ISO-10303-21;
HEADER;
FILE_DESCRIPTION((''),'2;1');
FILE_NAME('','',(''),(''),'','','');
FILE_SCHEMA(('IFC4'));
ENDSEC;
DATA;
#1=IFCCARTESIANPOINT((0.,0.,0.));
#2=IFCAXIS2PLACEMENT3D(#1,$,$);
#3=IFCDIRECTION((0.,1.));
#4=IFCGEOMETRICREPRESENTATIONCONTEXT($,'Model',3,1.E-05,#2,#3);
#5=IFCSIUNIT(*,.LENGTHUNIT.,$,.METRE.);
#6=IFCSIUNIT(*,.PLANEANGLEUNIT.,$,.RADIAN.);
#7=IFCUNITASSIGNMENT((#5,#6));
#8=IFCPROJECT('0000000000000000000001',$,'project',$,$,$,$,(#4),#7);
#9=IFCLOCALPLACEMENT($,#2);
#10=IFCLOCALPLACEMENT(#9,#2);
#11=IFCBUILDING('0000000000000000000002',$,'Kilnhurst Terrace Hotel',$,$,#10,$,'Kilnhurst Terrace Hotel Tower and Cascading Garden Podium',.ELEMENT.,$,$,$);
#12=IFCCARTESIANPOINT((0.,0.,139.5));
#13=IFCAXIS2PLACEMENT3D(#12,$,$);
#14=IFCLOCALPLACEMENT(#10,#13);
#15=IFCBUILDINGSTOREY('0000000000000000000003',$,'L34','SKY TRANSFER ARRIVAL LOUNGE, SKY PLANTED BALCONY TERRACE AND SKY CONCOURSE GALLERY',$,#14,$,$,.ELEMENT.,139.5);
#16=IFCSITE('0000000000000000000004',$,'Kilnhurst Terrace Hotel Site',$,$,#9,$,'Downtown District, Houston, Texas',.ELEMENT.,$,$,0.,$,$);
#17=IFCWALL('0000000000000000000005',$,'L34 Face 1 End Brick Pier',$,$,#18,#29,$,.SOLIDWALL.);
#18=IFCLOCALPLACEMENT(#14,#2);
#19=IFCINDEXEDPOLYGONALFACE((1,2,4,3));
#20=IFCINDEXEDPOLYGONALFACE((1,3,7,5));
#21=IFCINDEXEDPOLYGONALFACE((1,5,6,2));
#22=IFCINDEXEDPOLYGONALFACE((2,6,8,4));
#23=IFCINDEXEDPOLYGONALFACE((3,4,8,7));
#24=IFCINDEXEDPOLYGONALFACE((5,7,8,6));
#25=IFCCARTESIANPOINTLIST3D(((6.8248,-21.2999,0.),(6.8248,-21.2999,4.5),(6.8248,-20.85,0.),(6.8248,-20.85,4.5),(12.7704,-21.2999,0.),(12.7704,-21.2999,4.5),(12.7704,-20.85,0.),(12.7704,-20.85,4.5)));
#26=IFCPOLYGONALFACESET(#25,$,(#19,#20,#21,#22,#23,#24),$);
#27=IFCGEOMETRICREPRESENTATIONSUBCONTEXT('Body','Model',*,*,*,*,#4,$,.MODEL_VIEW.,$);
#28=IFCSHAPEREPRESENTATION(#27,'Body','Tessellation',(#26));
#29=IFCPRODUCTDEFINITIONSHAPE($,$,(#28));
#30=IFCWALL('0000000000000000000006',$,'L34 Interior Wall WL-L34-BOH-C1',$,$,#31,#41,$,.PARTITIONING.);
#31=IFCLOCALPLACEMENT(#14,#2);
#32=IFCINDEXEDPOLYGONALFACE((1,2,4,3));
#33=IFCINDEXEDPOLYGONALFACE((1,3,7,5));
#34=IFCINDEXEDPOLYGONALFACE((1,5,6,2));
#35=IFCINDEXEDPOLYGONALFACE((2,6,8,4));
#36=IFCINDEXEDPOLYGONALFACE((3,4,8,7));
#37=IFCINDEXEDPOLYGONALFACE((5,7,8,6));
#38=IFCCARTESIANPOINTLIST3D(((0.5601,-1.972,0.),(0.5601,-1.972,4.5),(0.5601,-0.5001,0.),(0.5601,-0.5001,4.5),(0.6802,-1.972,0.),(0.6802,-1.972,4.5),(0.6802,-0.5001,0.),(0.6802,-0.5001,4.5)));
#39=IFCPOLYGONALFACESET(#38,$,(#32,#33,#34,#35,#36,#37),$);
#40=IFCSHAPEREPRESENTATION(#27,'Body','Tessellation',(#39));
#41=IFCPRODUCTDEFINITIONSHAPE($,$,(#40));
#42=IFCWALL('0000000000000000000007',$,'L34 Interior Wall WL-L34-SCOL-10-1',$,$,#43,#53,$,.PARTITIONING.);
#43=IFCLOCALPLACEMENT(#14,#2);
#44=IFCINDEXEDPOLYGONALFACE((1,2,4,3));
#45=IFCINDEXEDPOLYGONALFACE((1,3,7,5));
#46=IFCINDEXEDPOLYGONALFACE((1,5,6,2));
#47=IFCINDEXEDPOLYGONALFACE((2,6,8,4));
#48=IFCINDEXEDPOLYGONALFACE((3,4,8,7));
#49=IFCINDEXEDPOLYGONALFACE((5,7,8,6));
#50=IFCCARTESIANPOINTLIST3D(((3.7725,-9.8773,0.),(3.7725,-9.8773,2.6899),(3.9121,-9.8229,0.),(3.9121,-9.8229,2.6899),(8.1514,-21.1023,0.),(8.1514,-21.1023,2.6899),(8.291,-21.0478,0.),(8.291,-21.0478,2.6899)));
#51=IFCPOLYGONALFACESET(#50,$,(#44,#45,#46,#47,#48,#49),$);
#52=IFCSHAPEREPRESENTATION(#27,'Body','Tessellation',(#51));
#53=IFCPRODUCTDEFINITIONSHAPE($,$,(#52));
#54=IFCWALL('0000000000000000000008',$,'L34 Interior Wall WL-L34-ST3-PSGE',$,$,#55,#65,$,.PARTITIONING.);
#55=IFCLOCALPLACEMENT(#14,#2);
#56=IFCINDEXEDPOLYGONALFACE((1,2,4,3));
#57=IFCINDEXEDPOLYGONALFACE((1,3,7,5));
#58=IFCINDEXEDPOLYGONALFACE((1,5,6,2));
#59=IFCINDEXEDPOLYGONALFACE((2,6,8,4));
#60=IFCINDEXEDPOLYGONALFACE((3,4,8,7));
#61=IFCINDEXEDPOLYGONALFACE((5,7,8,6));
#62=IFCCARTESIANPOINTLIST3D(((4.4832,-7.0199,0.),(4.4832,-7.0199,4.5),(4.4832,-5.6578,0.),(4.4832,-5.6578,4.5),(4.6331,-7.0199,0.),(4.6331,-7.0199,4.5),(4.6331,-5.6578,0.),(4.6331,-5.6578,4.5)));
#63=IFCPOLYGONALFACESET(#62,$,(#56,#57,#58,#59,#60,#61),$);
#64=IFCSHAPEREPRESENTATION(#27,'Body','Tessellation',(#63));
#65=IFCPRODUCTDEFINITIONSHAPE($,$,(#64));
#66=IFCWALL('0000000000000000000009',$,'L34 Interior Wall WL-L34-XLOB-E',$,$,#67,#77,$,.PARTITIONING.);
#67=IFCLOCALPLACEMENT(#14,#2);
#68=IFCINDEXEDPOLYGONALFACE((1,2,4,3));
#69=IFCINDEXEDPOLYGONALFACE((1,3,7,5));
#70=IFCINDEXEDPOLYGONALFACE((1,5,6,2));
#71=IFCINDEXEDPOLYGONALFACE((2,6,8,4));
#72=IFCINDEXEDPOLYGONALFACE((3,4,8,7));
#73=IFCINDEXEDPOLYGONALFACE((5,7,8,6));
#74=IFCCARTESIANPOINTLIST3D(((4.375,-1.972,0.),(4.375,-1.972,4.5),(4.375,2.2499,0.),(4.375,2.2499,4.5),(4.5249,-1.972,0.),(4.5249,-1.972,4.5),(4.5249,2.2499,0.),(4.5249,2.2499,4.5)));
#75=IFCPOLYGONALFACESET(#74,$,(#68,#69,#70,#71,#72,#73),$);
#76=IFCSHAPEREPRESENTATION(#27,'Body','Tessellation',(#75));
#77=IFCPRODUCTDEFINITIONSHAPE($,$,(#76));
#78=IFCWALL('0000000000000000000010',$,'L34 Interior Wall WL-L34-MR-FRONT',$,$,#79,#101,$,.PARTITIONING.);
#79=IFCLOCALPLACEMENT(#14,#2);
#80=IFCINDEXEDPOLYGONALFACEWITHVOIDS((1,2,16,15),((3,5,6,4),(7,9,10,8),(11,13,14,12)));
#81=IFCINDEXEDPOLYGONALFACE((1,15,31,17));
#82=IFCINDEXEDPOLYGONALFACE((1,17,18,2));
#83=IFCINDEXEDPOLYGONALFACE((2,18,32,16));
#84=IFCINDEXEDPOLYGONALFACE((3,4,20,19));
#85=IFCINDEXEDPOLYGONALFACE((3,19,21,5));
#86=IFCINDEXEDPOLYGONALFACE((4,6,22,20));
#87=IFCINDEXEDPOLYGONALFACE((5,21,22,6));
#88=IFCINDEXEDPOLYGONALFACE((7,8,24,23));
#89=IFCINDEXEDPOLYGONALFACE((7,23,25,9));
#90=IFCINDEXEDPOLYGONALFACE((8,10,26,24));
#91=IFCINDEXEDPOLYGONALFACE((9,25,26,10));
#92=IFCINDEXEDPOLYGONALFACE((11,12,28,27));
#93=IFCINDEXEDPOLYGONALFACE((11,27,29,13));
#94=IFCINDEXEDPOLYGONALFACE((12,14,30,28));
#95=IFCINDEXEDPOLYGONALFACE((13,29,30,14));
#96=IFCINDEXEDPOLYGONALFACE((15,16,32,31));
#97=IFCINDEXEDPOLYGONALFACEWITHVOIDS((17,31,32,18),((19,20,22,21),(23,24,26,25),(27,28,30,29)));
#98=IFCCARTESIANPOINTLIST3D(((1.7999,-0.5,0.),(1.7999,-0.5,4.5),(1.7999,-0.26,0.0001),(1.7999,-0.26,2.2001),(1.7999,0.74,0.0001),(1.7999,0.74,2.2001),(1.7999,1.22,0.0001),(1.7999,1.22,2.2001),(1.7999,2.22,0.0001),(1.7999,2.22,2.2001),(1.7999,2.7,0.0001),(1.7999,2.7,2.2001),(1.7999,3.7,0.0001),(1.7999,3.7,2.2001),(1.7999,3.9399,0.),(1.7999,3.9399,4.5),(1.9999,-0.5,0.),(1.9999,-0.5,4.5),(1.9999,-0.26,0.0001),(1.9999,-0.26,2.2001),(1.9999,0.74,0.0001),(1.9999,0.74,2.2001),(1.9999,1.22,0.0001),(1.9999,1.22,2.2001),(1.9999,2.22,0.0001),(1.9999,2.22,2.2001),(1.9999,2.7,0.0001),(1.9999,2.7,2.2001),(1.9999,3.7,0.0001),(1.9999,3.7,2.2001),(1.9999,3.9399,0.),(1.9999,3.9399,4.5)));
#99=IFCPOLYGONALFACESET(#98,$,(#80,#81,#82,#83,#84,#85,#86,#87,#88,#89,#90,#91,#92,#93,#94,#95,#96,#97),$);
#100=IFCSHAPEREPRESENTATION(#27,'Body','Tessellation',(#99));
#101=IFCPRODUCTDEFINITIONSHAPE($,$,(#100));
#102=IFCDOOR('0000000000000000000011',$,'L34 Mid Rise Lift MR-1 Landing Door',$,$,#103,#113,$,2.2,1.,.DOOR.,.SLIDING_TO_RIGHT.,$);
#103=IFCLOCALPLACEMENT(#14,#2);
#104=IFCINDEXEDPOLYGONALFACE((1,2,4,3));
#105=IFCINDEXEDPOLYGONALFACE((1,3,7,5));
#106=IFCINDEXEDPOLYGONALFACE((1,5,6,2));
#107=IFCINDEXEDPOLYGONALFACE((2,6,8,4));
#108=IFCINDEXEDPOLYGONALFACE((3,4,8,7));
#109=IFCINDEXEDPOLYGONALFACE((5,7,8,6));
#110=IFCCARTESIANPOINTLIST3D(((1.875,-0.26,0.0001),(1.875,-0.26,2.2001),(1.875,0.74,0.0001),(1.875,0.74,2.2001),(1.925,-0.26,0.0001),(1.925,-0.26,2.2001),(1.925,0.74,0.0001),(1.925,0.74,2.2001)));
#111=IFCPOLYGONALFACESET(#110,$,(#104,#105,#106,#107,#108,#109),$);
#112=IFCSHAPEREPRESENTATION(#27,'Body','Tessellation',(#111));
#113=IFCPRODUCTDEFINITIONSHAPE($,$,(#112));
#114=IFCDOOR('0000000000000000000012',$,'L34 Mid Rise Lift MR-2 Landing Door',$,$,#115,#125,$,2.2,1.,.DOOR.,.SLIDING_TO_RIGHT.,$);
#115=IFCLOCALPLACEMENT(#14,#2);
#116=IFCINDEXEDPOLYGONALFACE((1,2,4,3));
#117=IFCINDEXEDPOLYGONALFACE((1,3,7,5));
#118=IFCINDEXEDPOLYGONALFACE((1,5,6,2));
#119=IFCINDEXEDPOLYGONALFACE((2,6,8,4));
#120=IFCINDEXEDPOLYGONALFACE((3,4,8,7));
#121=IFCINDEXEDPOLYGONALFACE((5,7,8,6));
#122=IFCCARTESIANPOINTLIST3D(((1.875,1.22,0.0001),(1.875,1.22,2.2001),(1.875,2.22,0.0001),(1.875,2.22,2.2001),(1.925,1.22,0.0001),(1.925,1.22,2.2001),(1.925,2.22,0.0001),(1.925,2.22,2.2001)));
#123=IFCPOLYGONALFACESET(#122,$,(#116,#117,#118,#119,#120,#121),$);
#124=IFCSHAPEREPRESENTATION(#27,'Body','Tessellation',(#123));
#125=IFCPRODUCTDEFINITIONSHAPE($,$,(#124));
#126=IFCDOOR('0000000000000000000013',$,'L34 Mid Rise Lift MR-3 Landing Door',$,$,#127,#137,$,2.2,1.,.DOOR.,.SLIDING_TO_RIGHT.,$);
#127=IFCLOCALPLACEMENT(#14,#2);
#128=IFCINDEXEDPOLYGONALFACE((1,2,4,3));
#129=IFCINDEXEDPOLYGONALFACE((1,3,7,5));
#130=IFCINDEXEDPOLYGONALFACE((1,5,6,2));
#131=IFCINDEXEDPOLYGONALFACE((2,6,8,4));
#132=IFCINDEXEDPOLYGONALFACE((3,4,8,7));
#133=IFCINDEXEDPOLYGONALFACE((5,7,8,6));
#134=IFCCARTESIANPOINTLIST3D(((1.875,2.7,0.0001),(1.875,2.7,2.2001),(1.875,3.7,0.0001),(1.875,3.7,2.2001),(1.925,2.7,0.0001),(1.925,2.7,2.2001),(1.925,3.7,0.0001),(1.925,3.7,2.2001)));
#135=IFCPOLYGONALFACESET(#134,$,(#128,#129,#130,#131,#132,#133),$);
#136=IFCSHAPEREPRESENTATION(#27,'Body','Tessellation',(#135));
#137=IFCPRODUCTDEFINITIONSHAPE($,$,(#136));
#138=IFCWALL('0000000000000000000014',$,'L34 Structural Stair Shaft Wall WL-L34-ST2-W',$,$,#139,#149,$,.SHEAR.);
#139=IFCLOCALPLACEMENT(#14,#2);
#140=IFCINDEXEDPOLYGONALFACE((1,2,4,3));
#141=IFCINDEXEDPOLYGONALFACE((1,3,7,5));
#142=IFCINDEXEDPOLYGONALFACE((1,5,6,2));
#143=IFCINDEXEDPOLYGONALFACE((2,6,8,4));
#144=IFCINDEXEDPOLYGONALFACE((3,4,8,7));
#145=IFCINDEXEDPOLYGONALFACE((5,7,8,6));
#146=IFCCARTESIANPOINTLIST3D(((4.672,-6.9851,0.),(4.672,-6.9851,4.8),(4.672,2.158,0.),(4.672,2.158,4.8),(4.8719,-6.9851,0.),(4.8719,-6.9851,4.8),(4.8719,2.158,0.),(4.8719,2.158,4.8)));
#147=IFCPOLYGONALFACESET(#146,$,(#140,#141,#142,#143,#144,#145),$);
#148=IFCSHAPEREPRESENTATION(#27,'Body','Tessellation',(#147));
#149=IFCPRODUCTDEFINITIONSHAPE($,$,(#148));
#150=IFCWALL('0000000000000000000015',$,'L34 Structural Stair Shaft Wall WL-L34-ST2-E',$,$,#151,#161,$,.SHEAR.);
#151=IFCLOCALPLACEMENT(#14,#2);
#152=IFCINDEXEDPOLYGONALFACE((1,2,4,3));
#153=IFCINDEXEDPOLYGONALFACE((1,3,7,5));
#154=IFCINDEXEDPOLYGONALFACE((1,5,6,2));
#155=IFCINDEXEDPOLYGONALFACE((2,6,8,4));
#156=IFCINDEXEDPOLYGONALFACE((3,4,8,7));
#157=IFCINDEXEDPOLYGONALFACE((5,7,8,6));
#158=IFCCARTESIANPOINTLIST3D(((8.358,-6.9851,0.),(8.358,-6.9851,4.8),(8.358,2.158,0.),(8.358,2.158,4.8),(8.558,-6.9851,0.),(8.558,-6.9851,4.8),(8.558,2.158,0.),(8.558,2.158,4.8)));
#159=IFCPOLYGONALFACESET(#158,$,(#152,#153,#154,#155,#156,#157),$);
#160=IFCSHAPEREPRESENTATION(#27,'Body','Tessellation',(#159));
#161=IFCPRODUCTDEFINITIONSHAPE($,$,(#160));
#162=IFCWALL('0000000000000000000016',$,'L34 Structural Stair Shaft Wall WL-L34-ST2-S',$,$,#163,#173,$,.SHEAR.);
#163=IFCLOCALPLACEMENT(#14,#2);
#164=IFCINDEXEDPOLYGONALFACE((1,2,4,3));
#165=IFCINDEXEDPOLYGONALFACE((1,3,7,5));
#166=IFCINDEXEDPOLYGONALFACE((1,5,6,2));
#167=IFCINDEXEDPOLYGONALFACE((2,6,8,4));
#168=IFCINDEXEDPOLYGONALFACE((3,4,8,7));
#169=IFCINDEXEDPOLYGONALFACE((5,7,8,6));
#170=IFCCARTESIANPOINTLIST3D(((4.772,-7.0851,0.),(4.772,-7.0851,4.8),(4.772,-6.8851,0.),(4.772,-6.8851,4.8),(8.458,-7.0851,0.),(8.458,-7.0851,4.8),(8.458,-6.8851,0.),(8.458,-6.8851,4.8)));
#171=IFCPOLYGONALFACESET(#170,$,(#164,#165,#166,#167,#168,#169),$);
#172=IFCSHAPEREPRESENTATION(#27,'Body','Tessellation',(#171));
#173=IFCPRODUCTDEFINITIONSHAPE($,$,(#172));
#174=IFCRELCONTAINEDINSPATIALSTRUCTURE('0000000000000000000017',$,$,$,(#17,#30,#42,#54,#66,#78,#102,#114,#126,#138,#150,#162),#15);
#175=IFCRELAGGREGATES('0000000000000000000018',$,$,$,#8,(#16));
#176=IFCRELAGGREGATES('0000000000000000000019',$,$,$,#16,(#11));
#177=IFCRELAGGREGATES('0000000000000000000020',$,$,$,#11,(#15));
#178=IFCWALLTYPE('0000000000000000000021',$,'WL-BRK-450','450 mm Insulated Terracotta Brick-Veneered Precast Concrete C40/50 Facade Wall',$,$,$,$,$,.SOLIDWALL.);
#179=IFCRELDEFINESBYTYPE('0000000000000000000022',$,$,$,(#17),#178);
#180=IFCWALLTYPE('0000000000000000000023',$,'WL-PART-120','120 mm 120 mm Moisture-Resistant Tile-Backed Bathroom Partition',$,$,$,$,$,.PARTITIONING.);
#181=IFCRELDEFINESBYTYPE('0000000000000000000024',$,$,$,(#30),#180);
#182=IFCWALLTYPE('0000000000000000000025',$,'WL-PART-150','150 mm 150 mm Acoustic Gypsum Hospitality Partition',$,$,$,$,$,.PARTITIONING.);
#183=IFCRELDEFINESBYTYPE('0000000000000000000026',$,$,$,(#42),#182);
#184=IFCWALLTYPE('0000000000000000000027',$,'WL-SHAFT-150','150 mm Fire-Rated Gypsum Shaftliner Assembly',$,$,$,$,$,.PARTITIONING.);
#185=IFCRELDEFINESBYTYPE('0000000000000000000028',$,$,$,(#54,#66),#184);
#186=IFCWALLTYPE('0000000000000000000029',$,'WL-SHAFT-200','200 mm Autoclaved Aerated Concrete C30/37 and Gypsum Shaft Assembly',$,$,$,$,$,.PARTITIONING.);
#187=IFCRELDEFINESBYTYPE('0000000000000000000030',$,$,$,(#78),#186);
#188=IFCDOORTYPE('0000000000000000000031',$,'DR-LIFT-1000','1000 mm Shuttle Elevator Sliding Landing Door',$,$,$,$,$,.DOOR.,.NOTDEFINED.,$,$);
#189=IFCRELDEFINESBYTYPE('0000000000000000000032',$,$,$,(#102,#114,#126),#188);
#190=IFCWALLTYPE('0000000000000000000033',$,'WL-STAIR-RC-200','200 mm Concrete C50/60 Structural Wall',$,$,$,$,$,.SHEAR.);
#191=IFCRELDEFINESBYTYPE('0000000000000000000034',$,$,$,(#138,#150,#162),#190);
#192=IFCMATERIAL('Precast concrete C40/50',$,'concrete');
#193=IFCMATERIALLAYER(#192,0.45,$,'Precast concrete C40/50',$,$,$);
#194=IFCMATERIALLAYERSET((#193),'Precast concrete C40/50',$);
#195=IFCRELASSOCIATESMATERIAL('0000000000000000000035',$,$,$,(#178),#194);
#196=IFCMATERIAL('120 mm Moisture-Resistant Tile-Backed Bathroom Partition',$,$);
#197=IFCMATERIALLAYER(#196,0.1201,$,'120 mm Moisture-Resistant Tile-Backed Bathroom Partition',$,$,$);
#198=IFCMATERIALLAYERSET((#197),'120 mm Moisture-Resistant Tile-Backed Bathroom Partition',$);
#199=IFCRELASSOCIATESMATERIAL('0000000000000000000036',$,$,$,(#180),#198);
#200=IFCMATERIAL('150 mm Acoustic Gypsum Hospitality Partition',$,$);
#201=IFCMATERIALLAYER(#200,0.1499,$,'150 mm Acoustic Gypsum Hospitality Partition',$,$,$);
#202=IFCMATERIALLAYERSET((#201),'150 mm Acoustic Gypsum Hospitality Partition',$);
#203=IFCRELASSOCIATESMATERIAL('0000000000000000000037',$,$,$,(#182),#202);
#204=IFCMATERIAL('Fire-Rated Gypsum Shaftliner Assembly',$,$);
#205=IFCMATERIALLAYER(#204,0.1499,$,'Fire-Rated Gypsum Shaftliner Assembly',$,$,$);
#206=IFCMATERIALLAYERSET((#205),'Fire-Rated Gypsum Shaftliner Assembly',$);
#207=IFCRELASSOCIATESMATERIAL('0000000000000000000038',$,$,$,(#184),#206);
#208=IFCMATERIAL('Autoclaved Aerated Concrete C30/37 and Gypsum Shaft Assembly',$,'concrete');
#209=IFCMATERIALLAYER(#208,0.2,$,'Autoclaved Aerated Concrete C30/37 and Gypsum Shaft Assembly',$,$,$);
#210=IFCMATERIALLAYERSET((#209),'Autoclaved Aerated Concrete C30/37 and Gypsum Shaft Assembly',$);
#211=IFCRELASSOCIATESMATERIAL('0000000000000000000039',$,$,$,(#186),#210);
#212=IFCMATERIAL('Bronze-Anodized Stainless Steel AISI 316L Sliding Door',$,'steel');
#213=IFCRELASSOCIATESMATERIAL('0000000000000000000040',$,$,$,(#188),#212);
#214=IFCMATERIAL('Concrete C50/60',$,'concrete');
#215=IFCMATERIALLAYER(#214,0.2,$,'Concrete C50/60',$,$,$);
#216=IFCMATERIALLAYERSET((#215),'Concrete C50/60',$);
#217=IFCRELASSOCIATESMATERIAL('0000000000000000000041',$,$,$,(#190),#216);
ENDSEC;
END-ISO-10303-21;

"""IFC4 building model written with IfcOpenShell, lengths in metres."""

from ifc_helpers import new_model, si_unit, direction, frame, frame_2d, origin, place, context, subcontext, project, spatial, rectangle, extrude, material, layer, layer_set, type_object, element, fill, save


model = new_model("IFC4")

# Units and contexts
model_context = context("Model", 3, precision=1e-05, world=origin(), true_north=direction((0.0, 1.0)))
body_context = subcontext(model_context, "Body", "Model", "MODEL_VIEW")
ifc_project = project(units=[si_unit("LENGTHUNIT", "METRE"), si_unit("PLANEANGLEUNIT", "RADIAN")], contexts=[model_context])

# Site, building, storey
site_placement = place(None, origin())
site = spatial("IfcSite", under=ifc_project, at=site_placement, Name="Kilnhurst Terrace Hotel Site", LongName="Downtown District, Houston, Texas", CompositionType="ELEMENT", RefElevation=0.0)
building_placement = place(site_placement, origin())
building = spatial("IfcBuilding", under=site, at=building_placement, Name="Kilnhurst Terrace Hotel", LongName="Kilnhurst Terrace Hotel Tower and Cascading Garden Podium", CompositionType="ELEMENT")
storey_placement = place(building_placement, frame((0.0, 0.0, 139.5)))
storey = spatial("IfcBuildingStorey", under=building, at=storey_placement, Name="L34", Description="SKY TRANSFER ARRIVAL LOUNGE, SKY PLANTED BALCONY TERRACE AND SKY CONCOURSE GALLERY", CompositionType="ELEMENT", Elevation=139.5)

# Shared definitions
ifc_material_1 = material(Name="Concrete C50/60", Category="concrete")

# Walls
ifc_material_2 = material(Name="Precast concrete C40/50", Category="concrete")
ifc_layer_1 = layer(ifc_material_2, 0.45, Name="Precast concrete C40/50")
ifc_layer_set_1 = layer_set([ifc_layer_1], Name="Precast concrete C40/50")
wall_type_1 = type_object("IfcWallType", Name="WL-BRK-450", Description="450 mm Insulated Terracotta Brick-Veneered Precast Concrete C40/50 Facade Wall", PredefinedType="SOLIDWALL", material=ifc_layer_set_1)
wall_1_placement = place(storey_placement, frame((6.825, -21.075, 0.0), z_axis=(0.0, 0.0, 1.0), x_axis=(1.0, 0.0, 0.0)))
element("IfcWall", 1, at=wall_1_placement, inside=storey, type_object=wall_type_1, Name="L34 Face 1 End Brick Pier", PredefinedType="SOLIDWALL", context=body_context, shape_type="SweptSolid", body=[
    extrude(rectangle(XDim=5.9456, YDim=0.45, at=frame_2d((2.9727, 0.0))), origin(), (0.0, 0.0, 1.0), 4.5),
])
ifc_material_3 = material(Name="120 mm Moisture-Resistant Tile-Backed Bathroom Partition")
ifc_layer_2 = layer(ifc_material_3, 0.1201, Name="120 mm Moisture-Resistant Tile-Backed Bathroom Partition")
ifc_layer_set_2 = layer_set([ifc_layer_2], Name="120 mm Moisture-Resistant Tile-Backed Bathroom Partition")
wall_type_2 = type_object("IfcWallType", Name="WL-PART-120", Description="120 mm 120 mm Moisture-Resistant Tile-Backed Bathroom Partition", PredefinedType="PARTITIONING", material=ifc_layer_set_2)
wall_2_placement = place(storey_placement, frame((0.6201, -1.9719, 0.0), z_axis=(0.0, 0.0, 1.0), x_axis=(0.0, 1.0, 0.0)))
element("IfcWall", 2, at=wall_2_placement, inside=storey, type_object=wall_type_2, Name="L34 Interior Wall WL-L34-BOH-C1", PredefinedType="PARTITIONING", context=body_context, shape_type="SweptSolid", body=[
    extrude(rectangle(XDim=1.4719, YDim=0.1201, at=frame_2d((0.7358, 0.0))), origin(), (0.0, 0.0, 1.0), 4.5),
])
ifc_material_4 = material(Name="150 mm Acoustic Gypsum Hospitality Partition")
ifc_layer_3 = layer(ifc_material_4, 0.1499, Name="150 mm Acoustic Gypsum Hospitality Partition")
ifc_layer_set_3 = layer_set([ifc_layer_3], Name="150 mm Acoustic Gypsum Hospitality Partition")
wall_type_3 = type_object("IfcWallType", Name="WL-PART-150", Description="150 mm 150 mm Acoustic Gypsum Hospitality Partition", PredefinedType="PARTITIONING", material=ifc_layer_set_3)
wall_3_placement = place(storey_placement, frame((3.8423, -9.8501, 0.0), z_axis=(0.0, 0.0, 1.0), x_axis=(0.363433, -0.93162, 0.0)))
element("IfcWall", 3, at=wall_3_placement, inside=storey, type_object=wall_type_3, Name="L34 Interior Wall WL-L34-SCOL-10-1", PredefinedType="PARTITIONING", context=body_context, shape_type="SweptSolid", body=[
    extrude(rectangle(XDim=12.0488, YDim=0.1499, at=frame_2d((6.0244, 0.0))), origin(), (0.0, 0.0, 1.0), 2.6899),
])
ifc_material_5 = material(Name="Fire-Rated Gypsum Shaftliner Assembly")
ifc_layer_4 = layer(ifc_material_5, 0.1499, Name="Fire-Rated Gypsum Shaftliner Assembly")
ifc_layer_set_4 = layer_set([ifc_layer_4], Name="Fire-Rated Gypsum Shaftliner Assembly")
wall_type_4 = type_object("IfcWallType", Name="WL-SHAFT-150", Description="150 mm Fire-Rated Gypsum Shaftliner Assembly", PredefinedType="PARTITIONING", material=ifc_layer_set_4)
wall_4_placement = place(storey_placement, frame((4.5581, -7.02, 0.0), z_axis=(0.0, 0.0, 1.0), x_axis=(0.0, 1.0, 0.0)))
element("IfcWall", 4, at=wall_4_placement, inside=storey, type_object=wall_type_4, Name="L34 Interior Wall WL-L34-ST3-PSGE", PredefinedType="PARTITIONING", context=body_context, shape_type="SweptSolid", body=[
    extrude(rectangle(XDim=1.3621, YDim=0.1499, at=frame_2d((0.6812, 0.0))), origin(), (0.0, 0.0, 1.0), 4.5),
])
wall_5_placement = place(storey_placement, frame((4.45, -1.9719, 0.0), z_axis=(0.0, 0.0, 1.0), x_axis=(0.0, 1.0, 0.0)))
element("IfcWall", 5, at=wall_5_placement, inside=storey, type_object=wall_type_4, Name="L34 Interior Wall WL-L34-XLOB-E", PredefinedType="PARTITIONING", context=body_context, shape_type="SweptSolid", body=[
    extrude(rectangle(XDim=4.2219, YDim=0.1499, at=frame_2d((2.1108, 0.0))), origin(), (0.0, 0.0, 1.0), 4.5),
])

# Wall, openings, doors
ifc_material_6 = material(Name="Autoclaved Aerated Concrete C30/37 and Gypsum Shaft Assembly", Category="concrete")
ifc_layer_5 = layer(ifc_material_6, 0.2, Name="Autoclaved Aerated Concrete C30/37 and Gypsum Shaft Assembly")
ifc_layer_set_5 = layer_set([ifc_layer_5], Name="Autoclaved Aerated Concrete C30/37 and Gypsum Shaft Assembly")
wall_type_5 = type_object("IfcWallType", Name="WL-SHAFT-200", Description="200 mm Autoclaved Aerated Concrete C30/37 and Gypsum Shaft Assembly", PredefinedType="PARTITIONING", material=ifc_layer_set_5)
wall_6_placement = place(storey_placement, frame((1.8999, -0.5, 0.0), z_axis=(0.0, 0.0, 1.0), x_axis=(0.0, 1.0, 0.0)))
wall_6 = element("IfcWall", 6, at=wall_6_placement, inside=storey, type_object=wall_type_5, Name="L34 Interior Wall WL-L34-MR-FRONT", PredefinedType="PARTITIONING", context=body_context, shape_type="SweptSolid", body=[
    extrude(rectangle(XDim=4.4399, YDim=0.2, at=frame_2d((2.22, 0.0))), origin(), (0.0, 0.0, 1.0), 4.5),
])
opening_1_placement = place(wall_6_placement, frame((0.24, 0.0, 0.0)))
opening_1 = element("IfcOpeningElement", 7, at=opening_1_placement, cuts=wall_6, PredefinedType="OPENING", context=body_context, shape_type="SweptSolid", body=[
    extrude(rectangle(XDim=1.0, YDim=2.2, at=frame_2d((0.5, 1.1001))), frame((0.0, 0.1099, 0.0), z_axis=(0.0, -1.0, 0.0), x_axis=(1.0, 0.0, 0.0)), (0.0, 0.0, 1.0), 0.22),
])
opening_2_placement = place(wall_6_placement, frame((1.72, 0.0, 0.0)))
opening_2 = element("IfcOpeningElement", 8, at=opening_2_placement, cuts=wall_6, PredefinedType="OPENING", context=body_context, shape_type="SweptSolid", body=[
    extrude(rectangle(XDim=1.0, YDim=2.2, at=frame_2d((0.5, 1.1001))), frame((0.0, 0.1099, 0.0), z_axis=(0.0, -1.0, 0.0), x_axis=(1.0, 0.0, 0.0)), (0.0, 0.0, 1.0), 0.22),
])
opening_3_placement = place(wall_6_placement, frame((3.2, 0.0, 0.0)))
opening_3 = element("IfcOpeningElement", 9, at=opening_3_placement, cuts=wall_6, PredefinedType="OPENING", context=body_context, shape_type="SweptSolid", body=[
    extrude(rectangle(XDim=1.0, YDim=2.2, at=frame_2d((0.5, 1.1001))), frame((0.0, 0.1099, 0.0), z_axis=(0.0, -1.0, 0.0), x_axis=(1.0, 0.0, 0.0)), (0.0, 0.0, 1.0), 0.22),
])
ifc_material_7 = material(Name="Bronze-Anodized Stainless Steel AISI 316L Sliding Door", Category="steel")
door_type = type_object("IfcDoorType", Name="DR-LIFT-1000", Description="1000 mm Shuttle Elevator Sliding Landing Door", OperationType="NOTDEFINED", PredefinedType="DOOR", material=ifc_material_7)
door_1_placement = place(opening_1_placement, origin())
door_1 = element("IfcDoor", 10, at=door_1_placement, inside=storey, type_object=door_type, Name="L34 Mid Rise Lift MR-1 Landing Door", OperationType="SLIDING_TO_RIGHT", OverallHeight=2.2, OverallWidth=1.0, PredefinedType="DOOR", context=body_context, shape_type="SweptSolid", body=[
    extrude(rectangle(XDim=1.0, YDim=2.2, at=frame_2d((0.5, 1.1001))), frame((0.0, 0.0249, 0.0), z_axis=(0.0, -1.0, 0.0), x_axis=(1.0, 0.0, 0.0)), (0.0, 0.0, 1.0), 0.05),
])
fill(opening_1, door_1)
door_2_placement = place(opening_2_placement, origin())
door_2 = element("IfcDoor", 11, at=door_2_placement, inside=storey, type_object=door_type, Name="L34 Mid Rise Lift MR-2 Landing Door", OperationType="SLIDING_TO_RIGHT", OverallHeight=2.2, OverallWidth=1.0, PredefinedType="DOOR", context=body_context, shape_type="SweptSolid", body=[
    extrude(rectangle(XDim=1.0, YDim=2.2, at=frame_2d((0.5, 1.1001))), frame((0.0, 0.0249, 0.0), z_axis=(0.0, -1.0, 0.0), x_axis=(1.0, 0.0, 0.0)), (0.0, 0.0, 1.0), 0.05),
])
fill(opening_2, door_2)
door_3_placement = place(opening_3_placement, origin())
door_3 = element("IfcDoor", 12, at=door_3_placement, inside=storey, type_object=door_type, Name="L34 Mid Rise Lift MR-3 Landing Door", OperationType="SLIDING_TO_RIGHT", OverallHeight=2.2, OverallWidth=1.0, PredefinedType="DOOR", context=body_context, shape_type="SweptSolid", body=[
    extrude(rectangle(XDim=1.0, YDim=2.2, at=frame_2d((0.5, 1.1001))), frame((0.0, 0.0249, 0.0), z_axis=(0.0, -1.0, 0.0), x_axis=(1.0, 0.0, 0.0)), (0.0, 0.0, 1.0), 0.05),
])
fill(opening_3, door_3)

# Walls
ifc_layer_6 = layer(ifc_material_1, 0.2, Name="Concrete C50/60")
ifc_layer_set_6 = layer_set([ifc_layer_6], Name="Concrete C50/60")
wall_type_6 = type_object("IfcWallType", Name="WL-STAIR-RC-200", Description="200 mm Concrete C50/60 Structural Wall", PredefinedType="SHEAR", material=ifc_layer_set_6)
for number, where, z_axis, x_axis, name in (
    (13, (4.772, -6.9851, 0.0), (0.0, 0.0, 1.0), (0.0, 1.0, 0.0), "L34 Structural Stair Shaft Wall WL-L34-ST2-W"),
    (14, (8.458, -6.9851, 0.0), (0.0, 0.0, 1.0), (0.0, 1.0, 0.0), "L34 Structural Stair Shaft Wall WL-L34-ST2-E"),
):
    element("IfcWall", number, at=place(storey_placement, frame(where, z_axis=z_axis, x_axis=x_axis)), inside=storey, type_object=wall_type_6, Name=name, PredefinedType="SHEAR", context=body_context, shape_type="SweptSolid", body=[
        extrude(rectangle(XDim=9.1431, YDim=0.2, at=frame_2d((4.5715, 0.0))), origin(), (0.0, 0.0, 1.0), 4.8),
    ])
for number, where, z_axis, x_axis, name in (
    (15, (4.772, -6.9851, 0.0), (0.0, 0.0, 1.0), (1.0, 0.0, 0.0), "L34 Structural Stair Shaft Wall WL-L34-ST2-S"),
):
    element("IfcWall", number, at=place(storey_placement, frame(where, z_axis=z_axis, x_axis=x_axis)), inside=storey, type_object=wall_type_6, Name=name, PredefinedType="SHEAR", context=body_context, shape_type="SweptSolid", body=[
        extrude(rectangle(XDim=3.686, YDim=0.2, at=frame_2d((1.843, 0.0))), origin(), (0.0, 0.0, 1.0), 4.8),
    ])

save(model, "model.ifc")
